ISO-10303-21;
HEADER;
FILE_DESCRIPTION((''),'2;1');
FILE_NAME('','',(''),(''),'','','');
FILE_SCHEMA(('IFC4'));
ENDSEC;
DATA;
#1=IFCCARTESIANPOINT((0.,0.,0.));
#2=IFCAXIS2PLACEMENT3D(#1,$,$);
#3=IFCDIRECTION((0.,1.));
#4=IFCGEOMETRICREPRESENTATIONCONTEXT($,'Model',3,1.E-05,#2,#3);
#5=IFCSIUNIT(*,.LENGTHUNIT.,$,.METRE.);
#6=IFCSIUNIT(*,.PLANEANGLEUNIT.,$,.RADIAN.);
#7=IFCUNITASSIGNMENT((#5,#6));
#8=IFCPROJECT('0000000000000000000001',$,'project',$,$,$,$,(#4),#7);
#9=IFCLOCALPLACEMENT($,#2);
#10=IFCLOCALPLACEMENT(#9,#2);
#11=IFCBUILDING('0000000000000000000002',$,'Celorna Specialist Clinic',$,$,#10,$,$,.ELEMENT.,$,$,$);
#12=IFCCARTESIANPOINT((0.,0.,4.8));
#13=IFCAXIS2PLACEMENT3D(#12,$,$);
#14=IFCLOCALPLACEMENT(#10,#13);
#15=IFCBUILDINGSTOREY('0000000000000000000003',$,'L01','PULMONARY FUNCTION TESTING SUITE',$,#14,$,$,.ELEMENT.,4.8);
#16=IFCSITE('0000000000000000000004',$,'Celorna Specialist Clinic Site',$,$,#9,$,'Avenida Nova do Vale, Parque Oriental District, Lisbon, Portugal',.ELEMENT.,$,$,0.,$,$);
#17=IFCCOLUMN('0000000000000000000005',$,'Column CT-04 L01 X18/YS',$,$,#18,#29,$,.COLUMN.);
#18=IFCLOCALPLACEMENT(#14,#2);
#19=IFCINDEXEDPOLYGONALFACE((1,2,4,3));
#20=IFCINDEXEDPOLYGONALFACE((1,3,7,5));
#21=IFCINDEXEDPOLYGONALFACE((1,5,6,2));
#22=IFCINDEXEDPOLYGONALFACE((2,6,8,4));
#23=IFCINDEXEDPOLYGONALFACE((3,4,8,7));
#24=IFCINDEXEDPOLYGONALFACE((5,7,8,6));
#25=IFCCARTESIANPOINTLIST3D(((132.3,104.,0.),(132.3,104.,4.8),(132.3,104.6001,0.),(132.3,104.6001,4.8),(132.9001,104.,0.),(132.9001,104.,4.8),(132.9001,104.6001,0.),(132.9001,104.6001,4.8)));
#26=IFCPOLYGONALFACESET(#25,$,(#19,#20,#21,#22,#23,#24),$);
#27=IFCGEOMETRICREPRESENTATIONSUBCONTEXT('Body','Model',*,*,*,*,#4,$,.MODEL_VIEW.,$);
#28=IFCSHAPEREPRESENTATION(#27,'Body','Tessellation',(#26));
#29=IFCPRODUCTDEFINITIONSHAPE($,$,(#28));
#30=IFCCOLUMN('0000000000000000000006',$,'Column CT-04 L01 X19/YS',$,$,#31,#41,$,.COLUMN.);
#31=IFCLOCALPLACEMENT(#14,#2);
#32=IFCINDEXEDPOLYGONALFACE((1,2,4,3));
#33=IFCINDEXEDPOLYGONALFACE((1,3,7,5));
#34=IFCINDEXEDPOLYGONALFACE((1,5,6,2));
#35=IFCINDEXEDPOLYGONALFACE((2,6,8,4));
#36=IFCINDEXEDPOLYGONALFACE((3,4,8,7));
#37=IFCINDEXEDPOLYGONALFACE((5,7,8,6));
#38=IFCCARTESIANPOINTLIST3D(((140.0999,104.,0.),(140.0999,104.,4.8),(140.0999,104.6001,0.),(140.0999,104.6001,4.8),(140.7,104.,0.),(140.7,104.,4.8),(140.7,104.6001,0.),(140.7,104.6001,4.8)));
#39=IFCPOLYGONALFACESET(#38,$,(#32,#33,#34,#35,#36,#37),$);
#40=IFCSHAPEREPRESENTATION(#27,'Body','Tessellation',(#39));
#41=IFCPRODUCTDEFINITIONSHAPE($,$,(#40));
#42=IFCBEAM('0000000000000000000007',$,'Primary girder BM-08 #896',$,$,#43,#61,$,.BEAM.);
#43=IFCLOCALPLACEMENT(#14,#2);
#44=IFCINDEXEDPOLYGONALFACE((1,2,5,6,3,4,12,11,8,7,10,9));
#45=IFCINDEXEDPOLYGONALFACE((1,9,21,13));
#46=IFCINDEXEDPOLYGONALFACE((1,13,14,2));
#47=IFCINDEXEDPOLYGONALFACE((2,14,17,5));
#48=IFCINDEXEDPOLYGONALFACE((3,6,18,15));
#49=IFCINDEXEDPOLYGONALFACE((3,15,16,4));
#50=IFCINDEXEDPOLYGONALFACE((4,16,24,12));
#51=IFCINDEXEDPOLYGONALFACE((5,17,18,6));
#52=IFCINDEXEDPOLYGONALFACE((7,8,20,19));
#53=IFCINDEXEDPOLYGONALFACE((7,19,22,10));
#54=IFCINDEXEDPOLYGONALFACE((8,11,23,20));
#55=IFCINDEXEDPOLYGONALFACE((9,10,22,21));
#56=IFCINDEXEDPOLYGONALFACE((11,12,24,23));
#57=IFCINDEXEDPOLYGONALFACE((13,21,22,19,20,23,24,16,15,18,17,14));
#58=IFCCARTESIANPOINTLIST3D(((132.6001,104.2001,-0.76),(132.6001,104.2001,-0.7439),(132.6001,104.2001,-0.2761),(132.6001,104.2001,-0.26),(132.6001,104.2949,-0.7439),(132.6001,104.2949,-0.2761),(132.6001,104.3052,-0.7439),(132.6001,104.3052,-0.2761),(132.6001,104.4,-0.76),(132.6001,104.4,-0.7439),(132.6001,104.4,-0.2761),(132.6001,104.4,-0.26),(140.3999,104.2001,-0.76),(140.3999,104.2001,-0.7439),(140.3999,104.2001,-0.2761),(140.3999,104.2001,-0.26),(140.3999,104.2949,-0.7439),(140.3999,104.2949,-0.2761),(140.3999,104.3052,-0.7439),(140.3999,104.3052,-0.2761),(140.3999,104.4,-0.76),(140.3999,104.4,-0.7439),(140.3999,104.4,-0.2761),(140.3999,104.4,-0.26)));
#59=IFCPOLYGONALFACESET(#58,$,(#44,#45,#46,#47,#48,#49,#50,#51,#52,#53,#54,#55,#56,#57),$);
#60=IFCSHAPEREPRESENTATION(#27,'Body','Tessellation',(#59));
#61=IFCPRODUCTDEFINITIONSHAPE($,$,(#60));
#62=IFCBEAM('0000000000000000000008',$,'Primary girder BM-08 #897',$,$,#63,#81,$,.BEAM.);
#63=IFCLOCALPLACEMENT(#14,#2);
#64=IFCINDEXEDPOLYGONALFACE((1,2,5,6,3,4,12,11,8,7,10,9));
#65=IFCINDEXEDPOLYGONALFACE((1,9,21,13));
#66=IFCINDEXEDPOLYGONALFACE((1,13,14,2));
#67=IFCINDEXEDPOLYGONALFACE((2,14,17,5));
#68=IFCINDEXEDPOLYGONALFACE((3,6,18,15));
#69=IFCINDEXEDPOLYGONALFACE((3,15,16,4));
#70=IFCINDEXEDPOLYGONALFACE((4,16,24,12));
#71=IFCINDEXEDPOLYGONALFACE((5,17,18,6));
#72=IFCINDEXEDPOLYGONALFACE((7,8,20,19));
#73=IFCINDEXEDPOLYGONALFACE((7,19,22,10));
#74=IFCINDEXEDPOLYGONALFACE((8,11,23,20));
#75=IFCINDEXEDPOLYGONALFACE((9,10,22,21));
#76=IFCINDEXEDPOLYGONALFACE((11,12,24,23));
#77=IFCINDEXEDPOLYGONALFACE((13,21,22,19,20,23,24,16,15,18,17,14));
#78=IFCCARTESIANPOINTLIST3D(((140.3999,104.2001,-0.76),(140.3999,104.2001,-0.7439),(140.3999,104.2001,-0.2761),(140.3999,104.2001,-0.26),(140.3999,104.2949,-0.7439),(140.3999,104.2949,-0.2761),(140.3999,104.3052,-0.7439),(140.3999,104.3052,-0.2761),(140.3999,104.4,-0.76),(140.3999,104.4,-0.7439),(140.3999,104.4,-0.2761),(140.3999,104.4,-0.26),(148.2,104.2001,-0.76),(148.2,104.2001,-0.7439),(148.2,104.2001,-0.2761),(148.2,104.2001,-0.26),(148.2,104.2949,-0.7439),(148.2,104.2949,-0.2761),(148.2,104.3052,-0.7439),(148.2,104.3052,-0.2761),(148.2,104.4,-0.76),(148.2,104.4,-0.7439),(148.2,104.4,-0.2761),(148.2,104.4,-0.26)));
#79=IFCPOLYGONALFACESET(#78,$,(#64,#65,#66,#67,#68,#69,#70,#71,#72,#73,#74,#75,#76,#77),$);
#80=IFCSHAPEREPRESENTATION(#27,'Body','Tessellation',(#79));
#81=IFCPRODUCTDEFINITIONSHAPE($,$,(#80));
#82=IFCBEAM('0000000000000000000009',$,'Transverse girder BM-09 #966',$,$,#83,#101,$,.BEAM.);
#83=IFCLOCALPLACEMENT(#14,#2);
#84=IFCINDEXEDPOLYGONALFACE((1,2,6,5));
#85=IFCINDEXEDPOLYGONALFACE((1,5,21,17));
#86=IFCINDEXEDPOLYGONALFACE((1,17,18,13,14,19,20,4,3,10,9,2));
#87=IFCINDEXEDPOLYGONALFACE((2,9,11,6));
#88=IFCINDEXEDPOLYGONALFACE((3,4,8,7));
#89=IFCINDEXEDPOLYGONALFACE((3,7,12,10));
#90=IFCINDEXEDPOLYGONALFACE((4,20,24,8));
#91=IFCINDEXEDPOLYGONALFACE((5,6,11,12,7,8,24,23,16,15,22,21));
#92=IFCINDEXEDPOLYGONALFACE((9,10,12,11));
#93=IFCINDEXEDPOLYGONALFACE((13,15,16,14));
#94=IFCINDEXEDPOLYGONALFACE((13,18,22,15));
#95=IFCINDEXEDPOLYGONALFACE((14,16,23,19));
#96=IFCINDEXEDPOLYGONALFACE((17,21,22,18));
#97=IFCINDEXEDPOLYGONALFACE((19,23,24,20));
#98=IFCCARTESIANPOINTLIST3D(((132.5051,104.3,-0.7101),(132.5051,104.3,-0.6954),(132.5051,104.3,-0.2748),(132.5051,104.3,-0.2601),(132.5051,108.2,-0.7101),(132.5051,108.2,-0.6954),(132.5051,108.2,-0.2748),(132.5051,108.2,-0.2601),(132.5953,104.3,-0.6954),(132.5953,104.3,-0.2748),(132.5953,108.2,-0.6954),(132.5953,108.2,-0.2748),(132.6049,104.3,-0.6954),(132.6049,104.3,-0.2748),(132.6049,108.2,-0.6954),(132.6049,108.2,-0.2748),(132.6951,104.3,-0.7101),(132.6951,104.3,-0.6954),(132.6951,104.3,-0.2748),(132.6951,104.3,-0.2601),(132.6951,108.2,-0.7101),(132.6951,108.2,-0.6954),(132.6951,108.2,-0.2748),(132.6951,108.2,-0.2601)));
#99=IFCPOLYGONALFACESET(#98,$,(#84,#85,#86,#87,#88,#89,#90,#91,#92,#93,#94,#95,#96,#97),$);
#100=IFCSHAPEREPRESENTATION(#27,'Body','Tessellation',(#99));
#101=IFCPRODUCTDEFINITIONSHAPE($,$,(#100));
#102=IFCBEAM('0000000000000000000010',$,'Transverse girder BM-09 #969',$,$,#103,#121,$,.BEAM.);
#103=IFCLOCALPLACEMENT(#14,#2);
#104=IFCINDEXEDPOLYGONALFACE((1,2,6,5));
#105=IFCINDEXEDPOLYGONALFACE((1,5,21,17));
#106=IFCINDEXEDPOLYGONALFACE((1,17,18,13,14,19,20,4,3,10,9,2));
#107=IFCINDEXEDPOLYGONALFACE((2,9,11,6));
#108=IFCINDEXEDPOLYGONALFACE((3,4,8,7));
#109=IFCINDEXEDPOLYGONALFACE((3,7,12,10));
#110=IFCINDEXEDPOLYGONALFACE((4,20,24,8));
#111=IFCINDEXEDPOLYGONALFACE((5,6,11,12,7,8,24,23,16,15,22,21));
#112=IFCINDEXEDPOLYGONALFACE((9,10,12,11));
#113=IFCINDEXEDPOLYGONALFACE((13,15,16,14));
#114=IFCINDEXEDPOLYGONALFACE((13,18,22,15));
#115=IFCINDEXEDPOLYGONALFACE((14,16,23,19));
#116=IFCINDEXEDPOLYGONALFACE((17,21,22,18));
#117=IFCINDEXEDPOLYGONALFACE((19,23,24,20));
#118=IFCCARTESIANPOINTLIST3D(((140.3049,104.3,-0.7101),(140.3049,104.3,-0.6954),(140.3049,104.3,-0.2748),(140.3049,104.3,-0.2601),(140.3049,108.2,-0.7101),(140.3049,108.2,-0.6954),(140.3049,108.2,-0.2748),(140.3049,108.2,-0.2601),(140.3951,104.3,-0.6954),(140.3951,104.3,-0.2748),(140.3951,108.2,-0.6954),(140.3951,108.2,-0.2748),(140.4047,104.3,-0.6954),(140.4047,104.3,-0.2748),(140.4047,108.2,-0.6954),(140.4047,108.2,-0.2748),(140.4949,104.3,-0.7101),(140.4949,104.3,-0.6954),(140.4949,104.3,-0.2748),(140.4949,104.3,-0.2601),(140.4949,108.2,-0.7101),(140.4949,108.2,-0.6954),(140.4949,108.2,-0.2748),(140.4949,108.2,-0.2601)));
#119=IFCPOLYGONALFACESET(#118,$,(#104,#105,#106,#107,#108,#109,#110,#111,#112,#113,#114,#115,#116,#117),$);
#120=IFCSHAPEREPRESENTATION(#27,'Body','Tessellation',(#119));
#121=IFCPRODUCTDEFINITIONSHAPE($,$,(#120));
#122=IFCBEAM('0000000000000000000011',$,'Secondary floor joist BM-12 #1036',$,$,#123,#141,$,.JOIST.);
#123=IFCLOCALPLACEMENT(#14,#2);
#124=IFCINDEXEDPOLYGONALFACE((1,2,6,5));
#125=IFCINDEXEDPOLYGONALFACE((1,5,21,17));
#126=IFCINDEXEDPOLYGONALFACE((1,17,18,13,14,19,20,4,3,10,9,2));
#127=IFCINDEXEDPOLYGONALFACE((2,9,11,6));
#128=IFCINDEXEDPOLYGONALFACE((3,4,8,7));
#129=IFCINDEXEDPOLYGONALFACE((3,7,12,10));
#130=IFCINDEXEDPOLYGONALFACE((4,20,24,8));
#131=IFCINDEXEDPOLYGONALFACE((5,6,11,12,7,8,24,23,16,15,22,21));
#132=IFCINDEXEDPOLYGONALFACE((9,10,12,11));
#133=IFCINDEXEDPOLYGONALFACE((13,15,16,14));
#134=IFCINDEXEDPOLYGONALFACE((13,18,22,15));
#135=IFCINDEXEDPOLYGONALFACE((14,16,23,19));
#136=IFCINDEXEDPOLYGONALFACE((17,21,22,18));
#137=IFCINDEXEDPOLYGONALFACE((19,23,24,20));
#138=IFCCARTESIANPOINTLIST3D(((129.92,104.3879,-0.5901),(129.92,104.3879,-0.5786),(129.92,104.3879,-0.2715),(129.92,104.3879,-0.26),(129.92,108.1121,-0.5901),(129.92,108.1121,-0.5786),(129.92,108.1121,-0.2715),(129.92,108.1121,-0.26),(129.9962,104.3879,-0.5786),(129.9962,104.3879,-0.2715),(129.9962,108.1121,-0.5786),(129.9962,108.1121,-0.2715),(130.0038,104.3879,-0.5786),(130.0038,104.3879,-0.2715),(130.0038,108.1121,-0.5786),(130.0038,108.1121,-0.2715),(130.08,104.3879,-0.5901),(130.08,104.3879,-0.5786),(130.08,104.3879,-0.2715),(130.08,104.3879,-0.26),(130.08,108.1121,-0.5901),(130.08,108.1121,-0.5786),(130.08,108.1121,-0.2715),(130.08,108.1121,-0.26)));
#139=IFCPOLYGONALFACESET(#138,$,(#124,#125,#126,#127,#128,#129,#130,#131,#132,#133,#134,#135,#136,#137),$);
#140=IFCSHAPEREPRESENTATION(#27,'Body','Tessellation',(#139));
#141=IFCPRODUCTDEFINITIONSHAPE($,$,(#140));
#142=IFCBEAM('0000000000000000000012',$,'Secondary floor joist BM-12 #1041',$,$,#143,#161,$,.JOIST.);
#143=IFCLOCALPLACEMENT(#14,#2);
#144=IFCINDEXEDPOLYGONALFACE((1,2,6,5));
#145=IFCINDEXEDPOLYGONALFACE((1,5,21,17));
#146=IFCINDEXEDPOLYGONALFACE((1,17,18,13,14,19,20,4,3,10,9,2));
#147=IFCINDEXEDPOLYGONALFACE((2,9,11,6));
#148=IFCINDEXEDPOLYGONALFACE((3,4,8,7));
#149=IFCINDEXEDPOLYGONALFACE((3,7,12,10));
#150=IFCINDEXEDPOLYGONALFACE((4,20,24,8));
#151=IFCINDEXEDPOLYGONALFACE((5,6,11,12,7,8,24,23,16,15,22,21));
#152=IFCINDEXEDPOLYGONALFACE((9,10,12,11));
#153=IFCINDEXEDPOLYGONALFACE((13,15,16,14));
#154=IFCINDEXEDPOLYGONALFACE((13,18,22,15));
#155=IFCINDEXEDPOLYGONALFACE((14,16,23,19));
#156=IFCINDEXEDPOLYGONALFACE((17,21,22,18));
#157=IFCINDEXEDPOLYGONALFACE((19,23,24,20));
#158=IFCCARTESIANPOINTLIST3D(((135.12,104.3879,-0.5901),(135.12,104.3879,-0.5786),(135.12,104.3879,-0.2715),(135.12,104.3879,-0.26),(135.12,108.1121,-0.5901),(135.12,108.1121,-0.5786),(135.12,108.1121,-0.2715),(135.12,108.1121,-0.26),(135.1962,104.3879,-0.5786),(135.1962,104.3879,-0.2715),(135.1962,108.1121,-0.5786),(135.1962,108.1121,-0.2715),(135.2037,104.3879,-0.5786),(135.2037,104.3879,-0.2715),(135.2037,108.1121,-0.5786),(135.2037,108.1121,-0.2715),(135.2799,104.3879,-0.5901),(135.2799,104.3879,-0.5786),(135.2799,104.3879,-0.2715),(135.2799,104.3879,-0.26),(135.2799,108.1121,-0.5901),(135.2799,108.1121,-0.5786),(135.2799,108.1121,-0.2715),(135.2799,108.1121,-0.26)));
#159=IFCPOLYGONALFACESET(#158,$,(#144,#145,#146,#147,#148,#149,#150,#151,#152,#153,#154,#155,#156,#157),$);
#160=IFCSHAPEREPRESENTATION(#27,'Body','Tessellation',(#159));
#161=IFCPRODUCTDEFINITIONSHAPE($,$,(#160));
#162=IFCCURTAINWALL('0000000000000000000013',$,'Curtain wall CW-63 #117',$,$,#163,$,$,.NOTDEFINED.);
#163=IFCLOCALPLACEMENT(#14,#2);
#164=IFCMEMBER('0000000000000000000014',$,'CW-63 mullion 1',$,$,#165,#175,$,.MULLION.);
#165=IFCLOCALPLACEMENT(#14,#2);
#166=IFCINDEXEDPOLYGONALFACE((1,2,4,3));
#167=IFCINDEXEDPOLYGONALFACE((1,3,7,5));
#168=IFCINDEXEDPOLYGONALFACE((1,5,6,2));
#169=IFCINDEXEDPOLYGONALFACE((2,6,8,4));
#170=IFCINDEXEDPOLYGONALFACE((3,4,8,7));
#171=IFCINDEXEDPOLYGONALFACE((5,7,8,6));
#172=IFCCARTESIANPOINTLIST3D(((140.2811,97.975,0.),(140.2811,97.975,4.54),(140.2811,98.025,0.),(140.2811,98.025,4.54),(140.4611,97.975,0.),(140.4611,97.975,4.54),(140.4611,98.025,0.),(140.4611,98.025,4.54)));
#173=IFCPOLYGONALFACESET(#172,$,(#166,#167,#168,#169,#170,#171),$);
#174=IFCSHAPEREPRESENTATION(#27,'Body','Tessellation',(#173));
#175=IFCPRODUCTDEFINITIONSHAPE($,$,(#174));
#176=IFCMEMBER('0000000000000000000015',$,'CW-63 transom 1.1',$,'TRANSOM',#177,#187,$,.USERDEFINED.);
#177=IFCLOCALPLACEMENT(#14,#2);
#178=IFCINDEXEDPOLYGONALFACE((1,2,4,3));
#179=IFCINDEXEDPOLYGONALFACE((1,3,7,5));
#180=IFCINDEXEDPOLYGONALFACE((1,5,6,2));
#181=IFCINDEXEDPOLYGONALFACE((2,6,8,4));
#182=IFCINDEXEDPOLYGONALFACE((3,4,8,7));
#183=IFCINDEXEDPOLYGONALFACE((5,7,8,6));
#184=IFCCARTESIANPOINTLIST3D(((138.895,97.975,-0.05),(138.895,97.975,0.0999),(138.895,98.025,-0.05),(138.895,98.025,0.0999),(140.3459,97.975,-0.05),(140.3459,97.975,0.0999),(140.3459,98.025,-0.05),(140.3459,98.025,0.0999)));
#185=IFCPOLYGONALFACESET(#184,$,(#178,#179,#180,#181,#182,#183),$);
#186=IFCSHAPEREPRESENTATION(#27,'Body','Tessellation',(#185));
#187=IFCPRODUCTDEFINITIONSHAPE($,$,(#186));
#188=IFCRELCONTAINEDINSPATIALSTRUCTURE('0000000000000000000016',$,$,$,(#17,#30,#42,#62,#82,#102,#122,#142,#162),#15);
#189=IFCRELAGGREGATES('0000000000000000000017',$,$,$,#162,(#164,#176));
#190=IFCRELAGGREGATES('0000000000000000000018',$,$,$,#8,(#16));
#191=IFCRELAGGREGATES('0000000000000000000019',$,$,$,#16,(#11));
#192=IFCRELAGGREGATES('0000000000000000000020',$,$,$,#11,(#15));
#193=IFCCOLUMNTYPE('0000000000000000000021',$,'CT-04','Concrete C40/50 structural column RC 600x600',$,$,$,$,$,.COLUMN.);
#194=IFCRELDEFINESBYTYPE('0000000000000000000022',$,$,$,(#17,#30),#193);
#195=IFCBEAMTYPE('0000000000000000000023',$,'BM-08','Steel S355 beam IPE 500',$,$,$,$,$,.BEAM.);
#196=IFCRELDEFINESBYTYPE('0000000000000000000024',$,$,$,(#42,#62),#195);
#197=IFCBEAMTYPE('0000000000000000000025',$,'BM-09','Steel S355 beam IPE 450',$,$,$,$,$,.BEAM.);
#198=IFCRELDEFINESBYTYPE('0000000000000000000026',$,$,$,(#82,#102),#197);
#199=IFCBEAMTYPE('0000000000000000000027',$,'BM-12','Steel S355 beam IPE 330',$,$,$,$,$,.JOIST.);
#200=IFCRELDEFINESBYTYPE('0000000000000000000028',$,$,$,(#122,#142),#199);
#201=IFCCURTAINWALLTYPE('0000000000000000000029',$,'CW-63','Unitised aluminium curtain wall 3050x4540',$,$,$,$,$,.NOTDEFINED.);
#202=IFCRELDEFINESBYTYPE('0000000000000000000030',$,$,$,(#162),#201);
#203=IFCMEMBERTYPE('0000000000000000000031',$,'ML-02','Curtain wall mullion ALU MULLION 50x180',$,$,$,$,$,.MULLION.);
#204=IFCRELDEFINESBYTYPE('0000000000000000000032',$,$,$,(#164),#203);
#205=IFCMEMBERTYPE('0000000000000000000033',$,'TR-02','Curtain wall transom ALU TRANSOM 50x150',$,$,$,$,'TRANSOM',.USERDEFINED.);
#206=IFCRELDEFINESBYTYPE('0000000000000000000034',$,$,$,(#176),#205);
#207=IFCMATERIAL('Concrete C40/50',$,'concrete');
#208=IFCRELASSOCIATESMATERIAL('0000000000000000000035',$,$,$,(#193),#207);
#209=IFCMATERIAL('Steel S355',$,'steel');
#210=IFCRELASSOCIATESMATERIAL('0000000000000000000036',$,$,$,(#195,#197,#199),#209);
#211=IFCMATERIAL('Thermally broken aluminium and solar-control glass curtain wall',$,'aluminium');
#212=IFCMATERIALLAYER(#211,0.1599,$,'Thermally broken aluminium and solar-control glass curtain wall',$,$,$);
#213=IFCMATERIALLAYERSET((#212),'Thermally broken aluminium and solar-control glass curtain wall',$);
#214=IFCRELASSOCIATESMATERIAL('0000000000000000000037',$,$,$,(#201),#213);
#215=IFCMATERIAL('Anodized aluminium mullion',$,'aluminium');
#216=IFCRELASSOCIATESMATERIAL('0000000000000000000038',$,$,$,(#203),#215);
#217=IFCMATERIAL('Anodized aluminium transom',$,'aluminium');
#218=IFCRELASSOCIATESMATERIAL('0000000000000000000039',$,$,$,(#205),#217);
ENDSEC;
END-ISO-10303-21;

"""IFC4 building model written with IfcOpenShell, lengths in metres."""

from ifc_helpers import new_model, si_unit, direction, frame, origin, origin_2d, place, context, subcontext, project, spatial, rectangle, i_section, extrude, material, layer, layer_set, material_profile, profile_set, type_object, element, aggregate, save


model = new_model("IFC4")

# Units and contexts
model_context = context("Model", 3, precision=1e-05, world=origin(), true_north=direction((0.0, 1.0)))
body_context = subcontext(model_context, "Body", "Model", "MODEL_VIEW")
ifc_project = project(units=[si_unit("LENGTHUNIT", "METRE"), si_unit("PLANEANGLEUNIT", "RADIAN")], contexts=[model_context])

# Site, building, storey
site_placement = place(None, origin())
site = spatial("IfcSite", under=ifc_project, at=site_placement, Name="Celorna Specialist Clinic Site", LongName="Avenida Nova do Vale, Parque Oriental District, Lisbon, Portugal", CompositionType="ELEMENT", RefElevation=0.0)
building_placement = place(site_placement, origin())
building = spatial("IfcBuilding", under=site, at=building_placement, Name="Celorna Specialist Clinic", CompositionType="ELEMENT")
storey_placement = place(building_placement, frame((0.0, 0.0, 4.8)))
storey = spatial("IfcBuildingStorey", under=building, at=storey_placement, Name="L01", Description="PULMONARY FUNCTION TESTING SUITE", CompositionType="ELEMENT", Elevation=4.8)

# Columns
ifc_material_1 = material(Name="Concrete C40/50", Category="concrete")
ifc_material_profile_1 = material_profile(ifc_material_1, rectangle(XDim=0.6001, YDim=0.6001, at=origin_2d()), Name="RC 600x600")
ifc_profile_set_1 = profile_set([ifc_material_profile_1], Name="Concrete C40/50")
column_type = type_object("IfcColumnType", Name="CT-04", Description="Concrete C40/50 structural column RC 600x600", PredefinedType="COLUMN", material=ifc_profile_set_1)
for number, where, z_axis, x_axis, name in (
    (1, (132.6001, 104.3, 0.0), (0.0, 0.0, 1.0), (1.0, 0.0, 0.0), "Column CT-04 L01 X18/YS"),
    (2, (140.3999, 104.3, 0.0), (0.0, 0.0, 1.0), (1.0, 0.0, 0.0), "Column CT-04 L01 X19/YS"),
):
    element("IfcColumn", number, at=place(storey_placement, frame(where, z_axis=z_axis, x_axis=x_axis)), inside=storey, type_object=column_type, Name=name, PredefinedType="COLUMN", context=body_context, shape_type="SweptSolid", body=[
        extrude(rectangle(XDim=0.6001, YDim=0.6001, at=origin_2d()), origin(), (0.0, 0.0, 1.0), 4.8),
    ])

# Beams
ifc_material_2 = material(Name="Steel S355", Category="steel")
ifc_material_profile_2 = material_profile(ifc_material_2, i_section(OverallWidth=0.2, OverallDepth=0.5, WebThickness=0.0103, FlangeThickness=0.0161, at=origin_2d()), Name="IPE 500")
ifc_profile_set_2 = profile_set([ifc_material_profile_2], Name="Steel S355")
beam_type_1 = type_object("IfcBeamType", Name="BM-08", Description="Steel S355 beam IPE 500", PredefinedType="BEAM", material=ifc_profile_set_2)
beam_1_placement = place(storey_placement, frame((132.6001, 104.3, -0.51), z_axis=(1.0, 0.0, 0.0), x_axis=(0.0, 1.0, 0.0)))
element("IfcBeam", 3, at=beam_1_placement, inside=storey, type_object=beam_type_1, Name="Primary girder BM-08 #896", PredefinedType="BEAM", context=body_context, shape_type="SweptSolid", body=[
    extrude(i_section(OverallWidth=0.2, OverallDepth=0.5, WebThickness=0.0103, FlangeThickness=0.0161, at=origin_2d()), origin(), (0.0, 0.0, 1.0), 7.7998),
])
beam_2_placement = place(storey_placement, frame((140.3999, 104.3, -0.51), z_axis=(1.0, 0.0, 0.0), x_axis=(0.0, 1.0, 0.0)))
element("IfcBeam", 4, at=beam_2_placement, inside=storey, type_object=beam_type_1, Name="Primary girder BM-08 #897", PredefinedType="BEAM", context=body_context, shape_type="SweptSolid", body=[
    extrude(i_section(OverallWidth=0.2, OverallDepth=0.5, WebThickness=0.0103, FlangeThickness=0.0161, at=origin_2d()), origin(), (0.0, 0.0, 1.0), 7.8),
])
ifc_material_profile_3 = material_profile(ifc_material_2, i_section(OverallWidth=0.1899, OverallDepth=0.45, WebThickness=0.0095, FlangeThickness=0.0146, at=origin_2d()), Name="IPE 450")
ifc_profile_set_3 = profile_set([ifc_material_profile_3], Name="Steel S355")
beam_type_2 = type_object("IfcBeamType", Name="BM-09", Description="Steel S355 beam IPE 450", PredefinedType="BEAM", material=ifc_profile_set_3)
for number, where, z_axis, x_axis, name in (
    (5, (132.6001, 104.3, -0.4851), (0.0, 1.0, 0.0), (-1.0, 0.0, 0.0), "Transverse girder BM-09 #966"),
    (6, (140.3999, 104.3, -0.4851), (0.0, 1.0, 0.0), (-1.0, 0.0, 0.0), "Transverse girder BM-09 #969"),
):
    element("IfcBeam", number, at=place(storey_placement, frame(where, z_axis=z_axis, x_axis=x_axis)), inside=storey, type_object=beam_type_2, Name=name, PredefinedType="BEAM", context=body_context, shape_type="SweptSolid", body=[
        extrude(i_section(OverallWidth=0.1899, OverallDepth=0.45, WebThickness=0.0095, FlangeThickness=0.0146, at=origin_2d()), origin(), (0.0, 0.0, 1.0), 3.8999),
    ])
ifc_material_profile_4 = material_profile(ifc_material_2, i_section(OverallWidth=0.1599, OverallDepth=0.3301, WebThickness=0.0076, FlangeThickness=0.0115, at=origin_2d()), Name="IPE 330")
ifc_profile_set_4 = profile_set([ifc_material_profile_4], Name="Steel S355")
beam_type_3 = type_object("IfcBeamType", Name="BM-12", Description="Steel S355 beam IPE 330", PredefinedType="JOIST", material=ifc_profile_set_4)
for number, where, z_axis, x_axis, name in (
    (7, (130.0, 104.3879, -0.425), (0.0, 1.0, 0.0), (-1.0, 0.0, 0.0), "Secondary floor joist BM-12 #1036"),
    (8, (135.2, 104.3879, -0.425), (0.0, 1.0, 0.0), (-1.0, 0.0, 0.0), "Secondary floor joist BM-12 #1041"),
):
    element("IfcBeam", number, at=place(storey_placement, frame(where, z_axis=z_axis, x_axis=x_axis)), inside=storey, type_object=beam_type_3, Name=name, PredefinedType="JOIST", context=body_context, shape_type="SweptSolid", body=[
        extrude(i_section(OverallWidth=0.1599, OverallDepth=0.3301, WebThickness=0.0076, FlangeThickness=0.0115, at=origin_2d()), origin(), (0.0, 0.0, 1.0), 3.7241),
    ])

# Curtain wall, members
ifc_material_3 = material(Name="Thermally broken aluminium and solar-control glass curtain wall", Category="aluminium")
ifc_layer_1 = layer(ifc_material_3, 0.1599, Name="Thermally broken aluminium and solar-control glass curtain wall")
ifc_layer_set_1 = layer_set([ifc_layer_1], Name="Thermally broken aluminium and solar-control glass curtain wall")
curtain_wall_type = type_object("IfcCurtainWallType", Name="CW-63", Description="Unitised aluminium curtain wall 3050x4540", PredefinedType="NOTDEFINED", material=ifc_layer_set_1)
curtain_wall_placement = place(storey_placement, origin())
curtain_wall = element("IfcCurtainWall", 9, at=curtain_wall_placement, inside=storey, type_object=curtain_wall_type, Name="Curtain wall CW-63 #117", PredefinedType="NOTDEFINED")
ifc_material_4 = material(Name="Anodized aluminium mullion", Category="aluminium")
ifc_material_profile_5 = material_profile(ifc_material_4, rectangle(XDim=0.05, YDim=0.1799, at=origin_2d()), Name="ALU MULLION 50x180")
ifc_profile_set_5 = profile_set([ifc_material_profile_5], Name="Anodized aluminium mullion")
member_type_1 = type_object("IfcMemberType", Name="ML-02", Description="Curtain wall mullion ALU MULLION 50x180", PredefinedType="MULLION", material=ifc_profile_set_5)
member_1_placement = place(storey_placement, frame((140.3711, 98.0, 0.0), z_axis=(0.0, 0.0, 1.0), x_axis=(0.0, -1.0, 0.0)))
member_1 = element("IfcMember", 10, at=member_1_placement, type_object=member_type_1, Name="CW-63 mullion 1", PredefinedType="MULLION", context=body_context, shape_type="SweptSolid", body=[
    extrude(rectangle(XDim=0.05, YDim=0.1799, at=origin_2d()), origin(), (0.0, 0.0, 1.0), 4.54),
])
ifc_material_5 = material(Name="Anodized aluminium transom", Category="aluminium")
ifc_material_profile_6 = material_profile(ifc_material_5, rectangle(XDim=0.05, YDim=0.1499, at=origin_2d()), Name="ALU TRANSOM 50x150")
ifc_profile_set_6 = profile_set([ifc_material_profile_6], Name="Anodized aluminium transom")
member_type_2 = type_object("IfcMemberType", Name="TR-02", Description="Curtain wall transom ALU TRANSOM 50x150", ElementType="TRANSOM", PredefinedType="USERDEFINED", material=ifc_profile_set_6)
member_2_placement = place(storey_placement, frame((140.3459, 98.0, 0.0249), z_axis=(-1.0, 0.0, 0.0), x_axis=(0.0, -1.0, 0.0)))
member_2 = element("IfcMember", 11, at=member_2_placement, type_object=member_type_2, Name="CW-63 transom 1.1", ObjectType="TRANSOM", PredefinedType="USERDEFINED", context=body_context, shape_type="SweptSolid", body=[
    extrude(rectangle(XDim=0.05, YDim=0.1499, at=origin_2d()), origin(), (0.0, 0.0, 1.0), 1.4509),
])
aggregate(curtain_wall, [member_1, member_2])

save(model, "model.ifc")
